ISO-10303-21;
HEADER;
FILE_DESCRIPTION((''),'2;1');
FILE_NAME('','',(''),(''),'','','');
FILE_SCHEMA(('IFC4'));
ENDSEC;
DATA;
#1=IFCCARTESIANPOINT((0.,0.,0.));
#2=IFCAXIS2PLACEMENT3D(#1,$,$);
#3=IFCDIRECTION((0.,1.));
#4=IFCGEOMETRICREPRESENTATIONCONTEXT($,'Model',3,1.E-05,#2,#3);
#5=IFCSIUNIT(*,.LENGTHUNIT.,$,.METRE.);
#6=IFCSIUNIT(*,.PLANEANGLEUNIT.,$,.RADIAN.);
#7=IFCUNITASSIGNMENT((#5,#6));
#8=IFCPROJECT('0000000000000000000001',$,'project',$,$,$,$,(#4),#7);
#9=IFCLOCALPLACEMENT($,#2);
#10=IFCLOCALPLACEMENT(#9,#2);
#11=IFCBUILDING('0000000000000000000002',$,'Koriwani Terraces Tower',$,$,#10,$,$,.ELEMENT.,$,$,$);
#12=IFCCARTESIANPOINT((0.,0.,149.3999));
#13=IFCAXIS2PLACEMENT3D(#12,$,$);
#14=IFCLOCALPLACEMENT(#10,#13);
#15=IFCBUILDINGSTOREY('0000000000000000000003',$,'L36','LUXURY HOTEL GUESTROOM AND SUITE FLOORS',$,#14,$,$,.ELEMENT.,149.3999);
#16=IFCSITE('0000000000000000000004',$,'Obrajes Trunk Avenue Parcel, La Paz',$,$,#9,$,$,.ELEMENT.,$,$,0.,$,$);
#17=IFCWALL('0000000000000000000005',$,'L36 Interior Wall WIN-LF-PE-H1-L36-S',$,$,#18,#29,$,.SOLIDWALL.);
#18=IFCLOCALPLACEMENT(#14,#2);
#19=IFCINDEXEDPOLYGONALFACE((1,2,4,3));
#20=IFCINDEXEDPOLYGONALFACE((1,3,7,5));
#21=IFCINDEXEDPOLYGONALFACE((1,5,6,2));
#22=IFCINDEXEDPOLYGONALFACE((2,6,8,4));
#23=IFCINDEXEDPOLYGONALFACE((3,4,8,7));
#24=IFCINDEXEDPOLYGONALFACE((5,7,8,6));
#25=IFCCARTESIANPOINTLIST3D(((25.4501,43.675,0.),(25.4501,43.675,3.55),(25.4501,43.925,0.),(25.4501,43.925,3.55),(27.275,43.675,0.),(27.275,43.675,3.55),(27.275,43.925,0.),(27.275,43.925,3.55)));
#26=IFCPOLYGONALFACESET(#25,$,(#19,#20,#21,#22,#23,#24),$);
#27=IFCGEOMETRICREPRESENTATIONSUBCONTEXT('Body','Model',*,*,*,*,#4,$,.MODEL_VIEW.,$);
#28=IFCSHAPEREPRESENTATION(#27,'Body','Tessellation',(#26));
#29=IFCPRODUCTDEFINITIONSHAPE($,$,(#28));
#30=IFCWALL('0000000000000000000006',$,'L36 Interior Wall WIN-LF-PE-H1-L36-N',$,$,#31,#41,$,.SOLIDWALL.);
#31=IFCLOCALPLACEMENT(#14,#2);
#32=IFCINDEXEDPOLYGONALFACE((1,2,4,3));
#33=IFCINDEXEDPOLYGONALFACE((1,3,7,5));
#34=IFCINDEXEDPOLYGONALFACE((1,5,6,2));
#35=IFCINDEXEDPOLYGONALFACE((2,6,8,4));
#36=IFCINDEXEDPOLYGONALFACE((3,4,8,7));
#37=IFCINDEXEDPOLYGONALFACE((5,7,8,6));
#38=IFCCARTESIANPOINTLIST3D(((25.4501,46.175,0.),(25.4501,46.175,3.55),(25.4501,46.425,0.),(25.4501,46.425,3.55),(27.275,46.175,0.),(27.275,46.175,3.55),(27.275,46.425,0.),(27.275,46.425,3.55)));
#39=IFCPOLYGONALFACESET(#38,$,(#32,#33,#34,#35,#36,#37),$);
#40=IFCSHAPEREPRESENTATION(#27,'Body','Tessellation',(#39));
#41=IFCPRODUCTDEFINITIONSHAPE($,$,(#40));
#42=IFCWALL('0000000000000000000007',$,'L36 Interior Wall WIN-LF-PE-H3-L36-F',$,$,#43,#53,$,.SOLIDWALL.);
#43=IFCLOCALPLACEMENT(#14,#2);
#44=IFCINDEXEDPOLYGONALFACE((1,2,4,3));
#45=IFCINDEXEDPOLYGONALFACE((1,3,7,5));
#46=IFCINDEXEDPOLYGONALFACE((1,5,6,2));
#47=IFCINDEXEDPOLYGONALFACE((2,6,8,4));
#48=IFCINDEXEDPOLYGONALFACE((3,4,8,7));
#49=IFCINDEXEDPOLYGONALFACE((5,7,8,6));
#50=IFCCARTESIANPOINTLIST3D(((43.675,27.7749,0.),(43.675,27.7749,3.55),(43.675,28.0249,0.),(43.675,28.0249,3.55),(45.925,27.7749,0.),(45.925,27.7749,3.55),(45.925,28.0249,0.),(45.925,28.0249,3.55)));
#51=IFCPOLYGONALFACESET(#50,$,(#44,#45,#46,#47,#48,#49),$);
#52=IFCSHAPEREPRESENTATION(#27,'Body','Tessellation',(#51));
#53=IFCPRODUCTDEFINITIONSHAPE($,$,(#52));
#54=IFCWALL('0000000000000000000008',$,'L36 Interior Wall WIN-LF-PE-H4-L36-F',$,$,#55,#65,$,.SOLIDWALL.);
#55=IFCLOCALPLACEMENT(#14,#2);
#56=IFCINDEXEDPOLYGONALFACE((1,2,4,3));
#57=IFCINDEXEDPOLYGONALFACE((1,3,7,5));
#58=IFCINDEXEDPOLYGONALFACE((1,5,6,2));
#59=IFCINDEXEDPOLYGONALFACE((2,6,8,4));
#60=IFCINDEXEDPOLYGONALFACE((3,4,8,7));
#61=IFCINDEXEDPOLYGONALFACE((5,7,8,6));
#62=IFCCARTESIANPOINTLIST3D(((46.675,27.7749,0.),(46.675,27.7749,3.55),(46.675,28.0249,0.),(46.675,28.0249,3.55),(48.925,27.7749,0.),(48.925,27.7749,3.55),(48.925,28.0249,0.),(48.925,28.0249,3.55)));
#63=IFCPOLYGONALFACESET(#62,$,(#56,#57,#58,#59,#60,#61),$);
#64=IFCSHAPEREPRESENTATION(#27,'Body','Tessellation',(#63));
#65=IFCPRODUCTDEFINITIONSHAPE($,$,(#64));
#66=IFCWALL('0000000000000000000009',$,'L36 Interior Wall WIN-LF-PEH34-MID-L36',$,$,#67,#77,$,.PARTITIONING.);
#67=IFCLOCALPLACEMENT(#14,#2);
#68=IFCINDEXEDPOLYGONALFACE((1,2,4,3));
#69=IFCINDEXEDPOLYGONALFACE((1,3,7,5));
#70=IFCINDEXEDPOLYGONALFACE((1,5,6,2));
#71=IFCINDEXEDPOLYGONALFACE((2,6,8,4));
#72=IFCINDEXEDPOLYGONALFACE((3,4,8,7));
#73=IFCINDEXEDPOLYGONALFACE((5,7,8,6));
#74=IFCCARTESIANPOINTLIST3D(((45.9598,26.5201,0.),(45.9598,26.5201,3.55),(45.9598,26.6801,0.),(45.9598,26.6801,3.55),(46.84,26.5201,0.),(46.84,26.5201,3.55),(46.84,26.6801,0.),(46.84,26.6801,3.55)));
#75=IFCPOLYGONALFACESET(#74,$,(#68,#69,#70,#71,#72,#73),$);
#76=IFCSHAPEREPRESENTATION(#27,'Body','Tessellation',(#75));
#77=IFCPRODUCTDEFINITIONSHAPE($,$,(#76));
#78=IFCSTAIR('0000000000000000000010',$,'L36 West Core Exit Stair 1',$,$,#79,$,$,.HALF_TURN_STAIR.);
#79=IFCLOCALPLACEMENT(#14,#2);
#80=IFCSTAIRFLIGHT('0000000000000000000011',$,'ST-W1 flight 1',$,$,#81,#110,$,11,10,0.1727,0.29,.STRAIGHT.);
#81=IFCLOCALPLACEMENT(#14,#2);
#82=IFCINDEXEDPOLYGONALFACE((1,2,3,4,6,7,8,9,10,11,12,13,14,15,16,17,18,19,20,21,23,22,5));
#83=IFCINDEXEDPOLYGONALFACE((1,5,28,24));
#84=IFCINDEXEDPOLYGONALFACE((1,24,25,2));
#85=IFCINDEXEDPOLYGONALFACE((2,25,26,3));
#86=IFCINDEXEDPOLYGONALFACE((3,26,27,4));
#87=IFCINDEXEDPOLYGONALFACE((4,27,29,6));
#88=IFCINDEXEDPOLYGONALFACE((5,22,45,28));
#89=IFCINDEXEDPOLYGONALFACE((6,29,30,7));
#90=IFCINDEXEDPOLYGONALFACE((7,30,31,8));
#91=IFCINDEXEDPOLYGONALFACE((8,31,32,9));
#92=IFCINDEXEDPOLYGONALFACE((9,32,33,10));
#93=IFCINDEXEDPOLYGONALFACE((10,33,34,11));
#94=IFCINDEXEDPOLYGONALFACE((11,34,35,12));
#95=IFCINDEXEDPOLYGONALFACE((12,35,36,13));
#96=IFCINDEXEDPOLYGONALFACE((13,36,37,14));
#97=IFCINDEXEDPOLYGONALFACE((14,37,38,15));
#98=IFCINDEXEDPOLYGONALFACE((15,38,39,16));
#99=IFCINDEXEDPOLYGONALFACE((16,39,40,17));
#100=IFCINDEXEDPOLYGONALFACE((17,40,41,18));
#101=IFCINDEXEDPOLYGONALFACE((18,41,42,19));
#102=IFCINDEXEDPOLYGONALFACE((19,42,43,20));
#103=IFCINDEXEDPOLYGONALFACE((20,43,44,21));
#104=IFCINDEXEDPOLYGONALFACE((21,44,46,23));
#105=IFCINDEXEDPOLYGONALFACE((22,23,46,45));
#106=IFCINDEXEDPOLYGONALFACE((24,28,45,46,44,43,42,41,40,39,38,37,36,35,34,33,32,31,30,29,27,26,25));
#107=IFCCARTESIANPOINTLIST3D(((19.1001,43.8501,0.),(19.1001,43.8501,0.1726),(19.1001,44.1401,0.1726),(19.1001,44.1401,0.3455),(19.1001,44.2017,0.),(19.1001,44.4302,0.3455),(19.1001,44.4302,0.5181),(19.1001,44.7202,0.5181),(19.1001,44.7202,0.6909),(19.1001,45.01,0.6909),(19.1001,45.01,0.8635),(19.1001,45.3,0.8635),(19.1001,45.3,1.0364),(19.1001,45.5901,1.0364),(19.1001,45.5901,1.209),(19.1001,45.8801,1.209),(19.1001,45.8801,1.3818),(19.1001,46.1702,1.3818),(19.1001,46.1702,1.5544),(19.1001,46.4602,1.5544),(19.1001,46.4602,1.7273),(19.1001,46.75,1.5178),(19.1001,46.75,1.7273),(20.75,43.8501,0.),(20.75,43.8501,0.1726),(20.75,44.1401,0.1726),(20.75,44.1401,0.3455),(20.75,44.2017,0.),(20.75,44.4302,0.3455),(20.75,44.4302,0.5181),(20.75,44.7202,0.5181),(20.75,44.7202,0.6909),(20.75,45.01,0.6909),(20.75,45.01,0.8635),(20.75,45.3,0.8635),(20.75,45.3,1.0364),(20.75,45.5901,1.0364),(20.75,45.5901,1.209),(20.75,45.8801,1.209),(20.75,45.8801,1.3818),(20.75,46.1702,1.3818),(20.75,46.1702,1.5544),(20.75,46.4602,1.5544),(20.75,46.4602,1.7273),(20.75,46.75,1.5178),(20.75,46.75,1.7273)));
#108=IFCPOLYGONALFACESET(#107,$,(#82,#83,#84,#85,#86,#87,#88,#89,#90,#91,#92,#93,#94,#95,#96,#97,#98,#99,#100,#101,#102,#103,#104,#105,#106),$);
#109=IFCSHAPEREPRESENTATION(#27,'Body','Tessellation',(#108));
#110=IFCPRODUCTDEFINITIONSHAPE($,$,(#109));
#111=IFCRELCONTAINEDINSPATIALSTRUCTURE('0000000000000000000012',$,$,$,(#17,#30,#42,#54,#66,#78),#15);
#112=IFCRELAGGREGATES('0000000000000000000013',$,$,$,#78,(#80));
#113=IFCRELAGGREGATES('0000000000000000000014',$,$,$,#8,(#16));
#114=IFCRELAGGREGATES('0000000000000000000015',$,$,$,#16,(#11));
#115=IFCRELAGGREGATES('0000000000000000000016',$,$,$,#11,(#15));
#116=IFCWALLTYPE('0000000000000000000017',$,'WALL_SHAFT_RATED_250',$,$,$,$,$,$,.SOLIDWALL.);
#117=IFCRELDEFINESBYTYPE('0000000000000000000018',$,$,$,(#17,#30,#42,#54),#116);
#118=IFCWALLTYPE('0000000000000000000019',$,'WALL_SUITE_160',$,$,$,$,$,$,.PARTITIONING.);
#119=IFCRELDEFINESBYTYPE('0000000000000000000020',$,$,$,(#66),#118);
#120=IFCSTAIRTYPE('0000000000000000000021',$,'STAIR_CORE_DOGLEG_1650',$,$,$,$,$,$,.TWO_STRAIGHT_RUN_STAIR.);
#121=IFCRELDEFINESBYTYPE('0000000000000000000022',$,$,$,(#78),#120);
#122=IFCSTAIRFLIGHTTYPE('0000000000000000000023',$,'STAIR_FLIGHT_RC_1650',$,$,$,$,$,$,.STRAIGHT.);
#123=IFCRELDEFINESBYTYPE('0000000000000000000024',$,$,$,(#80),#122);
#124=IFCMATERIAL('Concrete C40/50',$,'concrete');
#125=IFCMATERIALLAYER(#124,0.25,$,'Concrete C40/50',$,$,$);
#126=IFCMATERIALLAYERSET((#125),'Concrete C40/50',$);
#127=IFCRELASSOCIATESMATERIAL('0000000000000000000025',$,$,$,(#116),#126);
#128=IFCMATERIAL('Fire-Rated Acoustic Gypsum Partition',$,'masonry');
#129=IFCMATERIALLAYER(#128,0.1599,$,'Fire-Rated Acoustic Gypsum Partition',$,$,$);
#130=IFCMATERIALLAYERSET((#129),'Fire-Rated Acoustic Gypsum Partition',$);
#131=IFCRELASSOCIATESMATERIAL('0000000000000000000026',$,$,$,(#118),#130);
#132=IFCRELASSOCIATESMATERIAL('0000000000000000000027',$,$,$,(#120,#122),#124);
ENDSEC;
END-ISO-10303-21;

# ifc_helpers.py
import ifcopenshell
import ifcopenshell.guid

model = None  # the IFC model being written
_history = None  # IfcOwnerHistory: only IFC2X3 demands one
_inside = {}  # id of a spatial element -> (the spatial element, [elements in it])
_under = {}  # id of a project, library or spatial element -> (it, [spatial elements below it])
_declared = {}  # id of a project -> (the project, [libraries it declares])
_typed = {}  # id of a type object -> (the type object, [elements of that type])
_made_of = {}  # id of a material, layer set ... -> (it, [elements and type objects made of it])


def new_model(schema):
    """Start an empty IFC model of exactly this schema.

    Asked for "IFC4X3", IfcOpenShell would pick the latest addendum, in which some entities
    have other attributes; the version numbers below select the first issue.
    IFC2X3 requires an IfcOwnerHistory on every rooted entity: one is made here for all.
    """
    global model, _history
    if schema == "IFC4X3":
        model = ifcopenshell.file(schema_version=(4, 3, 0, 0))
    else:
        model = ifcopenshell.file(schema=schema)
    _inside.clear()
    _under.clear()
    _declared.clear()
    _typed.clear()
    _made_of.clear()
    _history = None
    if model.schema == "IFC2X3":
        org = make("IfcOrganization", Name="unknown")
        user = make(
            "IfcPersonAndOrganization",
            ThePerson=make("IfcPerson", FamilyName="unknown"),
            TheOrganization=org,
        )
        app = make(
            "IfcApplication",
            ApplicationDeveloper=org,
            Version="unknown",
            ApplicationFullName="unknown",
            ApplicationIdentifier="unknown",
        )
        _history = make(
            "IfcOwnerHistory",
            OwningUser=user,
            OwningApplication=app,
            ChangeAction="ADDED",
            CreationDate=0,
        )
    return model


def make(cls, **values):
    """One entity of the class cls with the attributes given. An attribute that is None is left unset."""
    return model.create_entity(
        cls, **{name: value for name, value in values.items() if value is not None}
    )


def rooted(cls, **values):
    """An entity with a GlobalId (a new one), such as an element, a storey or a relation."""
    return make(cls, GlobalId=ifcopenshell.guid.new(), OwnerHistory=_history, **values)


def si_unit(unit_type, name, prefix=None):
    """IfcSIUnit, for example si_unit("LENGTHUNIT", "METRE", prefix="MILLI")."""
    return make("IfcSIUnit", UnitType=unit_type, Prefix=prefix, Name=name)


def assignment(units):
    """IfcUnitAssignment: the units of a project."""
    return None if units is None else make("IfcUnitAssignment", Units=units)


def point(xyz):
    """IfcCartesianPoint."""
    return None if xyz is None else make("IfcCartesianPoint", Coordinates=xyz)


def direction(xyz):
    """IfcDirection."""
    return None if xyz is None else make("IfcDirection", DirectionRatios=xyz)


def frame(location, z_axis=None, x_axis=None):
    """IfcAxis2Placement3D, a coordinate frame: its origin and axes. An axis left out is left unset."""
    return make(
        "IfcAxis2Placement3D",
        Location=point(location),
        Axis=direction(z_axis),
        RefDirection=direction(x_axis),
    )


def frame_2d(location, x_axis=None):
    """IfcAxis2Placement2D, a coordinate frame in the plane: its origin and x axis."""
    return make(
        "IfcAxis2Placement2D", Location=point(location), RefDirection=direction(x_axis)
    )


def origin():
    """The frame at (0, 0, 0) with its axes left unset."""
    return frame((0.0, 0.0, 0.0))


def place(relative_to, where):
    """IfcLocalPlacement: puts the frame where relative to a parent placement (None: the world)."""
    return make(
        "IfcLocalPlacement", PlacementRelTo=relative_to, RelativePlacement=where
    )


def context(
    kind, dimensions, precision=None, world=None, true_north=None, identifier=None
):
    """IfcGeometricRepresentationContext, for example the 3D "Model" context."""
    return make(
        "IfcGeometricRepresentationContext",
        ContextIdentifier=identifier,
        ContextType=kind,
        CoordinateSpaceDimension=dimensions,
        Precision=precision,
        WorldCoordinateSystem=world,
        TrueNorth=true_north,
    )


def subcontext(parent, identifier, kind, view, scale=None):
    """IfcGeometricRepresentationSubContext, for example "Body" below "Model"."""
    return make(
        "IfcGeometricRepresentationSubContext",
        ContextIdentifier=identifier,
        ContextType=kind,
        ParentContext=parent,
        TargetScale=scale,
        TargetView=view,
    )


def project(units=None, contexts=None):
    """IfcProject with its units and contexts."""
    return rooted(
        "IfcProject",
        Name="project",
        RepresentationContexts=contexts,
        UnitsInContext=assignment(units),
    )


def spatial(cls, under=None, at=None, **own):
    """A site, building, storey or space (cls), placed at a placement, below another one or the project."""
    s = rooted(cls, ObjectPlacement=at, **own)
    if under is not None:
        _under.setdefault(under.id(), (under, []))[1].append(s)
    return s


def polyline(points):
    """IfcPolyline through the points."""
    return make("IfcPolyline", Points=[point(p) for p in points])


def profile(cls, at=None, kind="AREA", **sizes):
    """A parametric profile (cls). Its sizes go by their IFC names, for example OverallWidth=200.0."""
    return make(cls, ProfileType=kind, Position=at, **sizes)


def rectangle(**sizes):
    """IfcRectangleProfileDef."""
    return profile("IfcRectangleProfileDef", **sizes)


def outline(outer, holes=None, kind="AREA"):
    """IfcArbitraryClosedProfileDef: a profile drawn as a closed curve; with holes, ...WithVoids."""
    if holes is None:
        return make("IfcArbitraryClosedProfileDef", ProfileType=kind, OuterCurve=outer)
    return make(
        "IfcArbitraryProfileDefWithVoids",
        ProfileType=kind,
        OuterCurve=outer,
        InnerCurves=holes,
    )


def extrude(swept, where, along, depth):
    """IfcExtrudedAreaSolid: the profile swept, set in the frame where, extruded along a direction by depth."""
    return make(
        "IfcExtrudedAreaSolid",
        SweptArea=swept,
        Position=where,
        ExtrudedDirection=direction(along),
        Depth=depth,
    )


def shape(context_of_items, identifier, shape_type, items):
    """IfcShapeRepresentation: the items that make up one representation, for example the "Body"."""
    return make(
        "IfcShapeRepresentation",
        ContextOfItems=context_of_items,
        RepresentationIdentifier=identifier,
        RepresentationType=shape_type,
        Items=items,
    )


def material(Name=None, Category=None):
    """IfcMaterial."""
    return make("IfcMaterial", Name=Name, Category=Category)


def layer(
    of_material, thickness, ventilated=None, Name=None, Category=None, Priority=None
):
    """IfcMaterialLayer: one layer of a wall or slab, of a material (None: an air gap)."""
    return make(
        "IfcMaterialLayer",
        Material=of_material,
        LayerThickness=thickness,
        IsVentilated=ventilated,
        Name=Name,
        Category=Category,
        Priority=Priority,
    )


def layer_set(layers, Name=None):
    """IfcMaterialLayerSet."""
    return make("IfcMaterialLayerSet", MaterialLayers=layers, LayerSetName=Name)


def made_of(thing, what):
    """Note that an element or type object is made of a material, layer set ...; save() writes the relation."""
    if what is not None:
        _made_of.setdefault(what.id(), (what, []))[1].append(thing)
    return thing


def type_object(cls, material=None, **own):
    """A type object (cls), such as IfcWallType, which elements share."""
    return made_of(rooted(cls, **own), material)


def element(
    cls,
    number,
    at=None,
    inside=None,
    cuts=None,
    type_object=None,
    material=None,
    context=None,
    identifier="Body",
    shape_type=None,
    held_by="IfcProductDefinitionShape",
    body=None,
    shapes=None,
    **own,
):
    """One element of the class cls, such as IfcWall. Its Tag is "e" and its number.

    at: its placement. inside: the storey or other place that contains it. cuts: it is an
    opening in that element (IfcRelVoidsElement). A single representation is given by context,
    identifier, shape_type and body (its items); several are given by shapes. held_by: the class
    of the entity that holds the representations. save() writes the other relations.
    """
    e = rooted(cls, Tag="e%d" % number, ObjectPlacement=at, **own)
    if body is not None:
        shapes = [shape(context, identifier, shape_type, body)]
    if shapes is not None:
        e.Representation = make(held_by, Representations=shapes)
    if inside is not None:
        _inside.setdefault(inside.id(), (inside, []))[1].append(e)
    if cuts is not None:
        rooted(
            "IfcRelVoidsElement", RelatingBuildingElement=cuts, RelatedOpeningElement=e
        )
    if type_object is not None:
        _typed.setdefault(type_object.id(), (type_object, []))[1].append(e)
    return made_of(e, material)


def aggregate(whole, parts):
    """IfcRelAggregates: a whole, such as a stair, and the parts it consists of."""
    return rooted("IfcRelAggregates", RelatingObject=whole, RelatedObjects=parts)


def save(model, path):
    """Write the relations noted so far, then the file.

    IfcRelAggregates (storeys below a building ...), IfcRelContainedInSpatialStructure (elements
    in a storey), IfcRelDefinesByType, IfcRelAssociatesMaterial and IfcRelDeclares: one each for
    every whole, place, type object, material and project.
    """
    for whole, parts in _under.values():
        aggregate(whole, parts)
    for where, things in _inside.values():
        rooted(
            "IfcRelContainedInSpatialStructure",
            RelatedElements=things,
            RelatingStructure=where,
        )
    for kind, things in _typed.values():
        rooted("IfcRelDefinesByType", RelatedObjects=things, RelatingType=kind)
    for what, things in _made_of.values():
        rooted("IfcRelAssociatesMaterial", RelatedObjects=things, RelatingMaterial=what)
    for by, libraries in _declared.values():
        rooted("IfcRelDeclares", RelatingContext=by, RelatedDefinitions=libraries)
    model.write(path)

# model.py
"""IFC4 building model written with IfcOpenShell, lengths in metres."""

from ifc_helpers import new_model, si_unit, direction, frame, frame_2d, origin, place, context, subcontext, project, spatial, polyline, rectangle, outline, extrude, material, layer, layer_set, type_object, element, aggregate, save


model = new_model("IFC4")

# Units and contexts
model_context = context("Model", 3, precision=1e-05, world=origin(), true_north=direction((0.0, 1.0)))
body_context = subcontext(model_context, "Body", "Model", "MODEL_VIEW")
ifc_project = project(units=[si_unit("LENGTHUNIT", "METRE"), si_unit("PLANEANGLEUNIT", "RADIAN")], contexts=[model_context])

# Site, building, storey
site_placement = place(None, origin())
site = spatial("IfcSite", under=ifc_project, at=site_placement, Name="Obrajes Trunk Avenue Parcel, La Paz", CompositionType="ELEMENT", RefElevation=0.0)
building_placement = place(site_placement, origin())
building = spatial("IfcBuilding", under=site, at=building_placement, Name="Koriwani Terraces Tower", CompositionType="ELEMENT")
storey_placement = place(building_placement, frame((0.0, 0.0, 149.3999)))
storey = spatial("IfcBuildingStorey", under=building, at=storey_placement, Name="L36", Description="LUXURY HOTEL GUESTROOM AND SUITE FLOORS", CompositionType="ELEMENT", Elevation=149.3999)

# Shared definitions
ifc_material_1 = material(Name="Concrete C40/50", Category="concrete")

# Shared definitions
ifc_layer_1 = layer(ifc_material_1, 0.25, Name="Concrete C40/50")
ifc_layer_set_1 = layer_set([ifc_layer_1], Name="Concrete C40/50")
wall_type_1 = type_object("IfcWallType", Name="WALL_SHAFT_RATED_250", PredefinedType="SOLIDWALL", material=ifc_layer_set_1)

# Walls
for number, where, z_axis, x_axis, name in (
    (1, (25.45, 43.8, 0.0), (0.0, 0.0, 1.0), (1.0, 0.0, 0.0), "L36 Interior Wall WIN-LF-PE-H1-L36-S"),
    (2, (25.45, 46.3, 0.0), (0.0, 0.0, 1.0), (1.0, 0.0, 0.0), "L36 Interior Wall WIN-LF-PE-H1-L36-N"),
):
    element("IfcWall", number, at=place(storey_placement, frame(where, z_axis=z_axis, x_axis=x_axis)), inside=storey, type_object=wall_type_1, Name=name, PredefinedType="SOLIDWALL", context=body_context, shape_type="SweptSolid", body=[
        extrude(rectangle(XDim=1.825, YDim=0.25, at=frame_2d((0.9126, 0.0))), origin(), (0.0, 0.0, 1.0), 3.55),
    ])
for number, where, z_axis, x_axis, name in (
    (3, (43.675, 27.8999, 0.0), (0.0, 0.0, 1.0), (1.0, 0.0, 0.0), "L36 Interior Wall WIN-LF-PE-H3-L36-F"),
    (4, (46.675, 27.8999, 0.0), (0.0, 0.0, 1.0), (1.0, 0.0, 0.0), "L36 Interior Wall WIN-LF-PE-H4-L36-F"),
):
    element("IfcWall", number, at=place(storey_placement, frame(where, z_axis=z_axis, x_axis=x_axis)), inside=storey, type_object=wall_type_1, Name=name, PredefinedType="SOLIDWALL", context=body_context, shape_type="SweptSolid", body=[
        extrude(rectangle(XDim=2.25, YDim=0.25, at=frame_2d((1.125, 0.0))), origin(), (0.0, 0.0, 1.0), 3.55),
    ])
ifc_material_2 = material(Name="Fire-Rated Acoustic Gypsum Partition", Category="masonry")
ifc_layer_2 = layer(ifc_material_2, 0.1599, Name="Fire-Rated Acoustic Gypsum Partition")
ifc_layer_set_2 = layer_set([ifc_layer_2], Name="Fire-Rated Acoustic Gypsum Partition")
wall_type_2 = type_object("IfcWallType", Name="WALL_SUITE_160", PredefinedType="PARTITIONING", material=ifc_layer_set_2)
wall_1_placement = place(storey_placement, frame((45.96, 26.6001, 0.0), z_axis=(0.0, 0.0, 1.0), x_axis=(1.0, 0.0, 0.0)))
element("IfcWall", 5, at=wall_1_placement, inside=storey, type_object=wall_type_2, Name="L36 Interior Wall WIN-LF-PEH34-MID-L36", PredefinedType="PARTITIONING", context=body_context, shape_type="SweptSolid", body=[
    extrude(rectangle(XDim=0.8801, YDim=0.1599, at=frame_2d((0.4399, 0.0))), origin(), (0.0, 0.0, 1.0), 3.55),
])

# Stair, stair flight
stair_type = type_object("IfcStairType", Name="STAIR_CORE_DOGLEG_1650", PredefinedType="TWO_STRAIGHT_RUN_STAIR", material=ifc_material_1)
stair_placement = place(storey_placement, origin())
stair = element("IfcStair", 6, at=stair_placement, inside=storey, type_object=stair_type, Name="L36 West Core Exit Stair 1", PredefinedType="HALF_TURN_STAIR")
stair_flight_type = type_object("IfcStairFlightType", Name="STAIR_FLIGHT_RC_1650", PredefinedType="STRAIGHT", material=ifc_material_1)
stair_flight_placement = place(storey_placement, frame((19.925, 43.8501, 0.0), z_axis=(0.0, 0.0, 1.0), x_axis=(0.0, 1.0, 0.0)))
stair_flight = element("IfcStairFlight", 7, at=stair_flight_placement, type_object=stair_flight_type, Name="ST-W1 flight 1", NumberOfRisers=11, NumberOfTreads=10, PredefinedType="STRAIGHT", RiserHeight=0.1727, TreadLength=0.29, context=body_context, shape_type="SweptSolid", body=[
    extrude(outline(polyline([(0.0, 0.0), (0.0, 0.1726), (0.29, 0.1726), (0.29, 0.3455), (0.5801, 0.3455), (0.5801, 0.5181), (0.8701, 0.5181), (0.8701, 0.6909), (1.1599, 0.6909), (1.1599, 0.8635), (1.45, 0.8635), (1.45, 1.0364), (1.74, 1.0364), (1.74, 1.209), (2.03, 1.209), (2.03, 1.3818), (2.3201, 1.3818), (2.3201, 1.5544), (2.6101, 1.5544), (2.6101, 1.7273), (2.8999, 1.7273), (2.8999, 1.8999), (2.8999, 1.5178), (0.3516, 0.0), (0.0, 0.0)])), frame((0.0, 0.825, 0.0), z_axis=(0.0, -1.0, 0.0), x_axis=(1.0, 0.0, 0.0)), (0.0, 0.0, 1.0), 1.6499),
])
aggregate(stair, [stair_flight])

save(model, "model.ifc")
